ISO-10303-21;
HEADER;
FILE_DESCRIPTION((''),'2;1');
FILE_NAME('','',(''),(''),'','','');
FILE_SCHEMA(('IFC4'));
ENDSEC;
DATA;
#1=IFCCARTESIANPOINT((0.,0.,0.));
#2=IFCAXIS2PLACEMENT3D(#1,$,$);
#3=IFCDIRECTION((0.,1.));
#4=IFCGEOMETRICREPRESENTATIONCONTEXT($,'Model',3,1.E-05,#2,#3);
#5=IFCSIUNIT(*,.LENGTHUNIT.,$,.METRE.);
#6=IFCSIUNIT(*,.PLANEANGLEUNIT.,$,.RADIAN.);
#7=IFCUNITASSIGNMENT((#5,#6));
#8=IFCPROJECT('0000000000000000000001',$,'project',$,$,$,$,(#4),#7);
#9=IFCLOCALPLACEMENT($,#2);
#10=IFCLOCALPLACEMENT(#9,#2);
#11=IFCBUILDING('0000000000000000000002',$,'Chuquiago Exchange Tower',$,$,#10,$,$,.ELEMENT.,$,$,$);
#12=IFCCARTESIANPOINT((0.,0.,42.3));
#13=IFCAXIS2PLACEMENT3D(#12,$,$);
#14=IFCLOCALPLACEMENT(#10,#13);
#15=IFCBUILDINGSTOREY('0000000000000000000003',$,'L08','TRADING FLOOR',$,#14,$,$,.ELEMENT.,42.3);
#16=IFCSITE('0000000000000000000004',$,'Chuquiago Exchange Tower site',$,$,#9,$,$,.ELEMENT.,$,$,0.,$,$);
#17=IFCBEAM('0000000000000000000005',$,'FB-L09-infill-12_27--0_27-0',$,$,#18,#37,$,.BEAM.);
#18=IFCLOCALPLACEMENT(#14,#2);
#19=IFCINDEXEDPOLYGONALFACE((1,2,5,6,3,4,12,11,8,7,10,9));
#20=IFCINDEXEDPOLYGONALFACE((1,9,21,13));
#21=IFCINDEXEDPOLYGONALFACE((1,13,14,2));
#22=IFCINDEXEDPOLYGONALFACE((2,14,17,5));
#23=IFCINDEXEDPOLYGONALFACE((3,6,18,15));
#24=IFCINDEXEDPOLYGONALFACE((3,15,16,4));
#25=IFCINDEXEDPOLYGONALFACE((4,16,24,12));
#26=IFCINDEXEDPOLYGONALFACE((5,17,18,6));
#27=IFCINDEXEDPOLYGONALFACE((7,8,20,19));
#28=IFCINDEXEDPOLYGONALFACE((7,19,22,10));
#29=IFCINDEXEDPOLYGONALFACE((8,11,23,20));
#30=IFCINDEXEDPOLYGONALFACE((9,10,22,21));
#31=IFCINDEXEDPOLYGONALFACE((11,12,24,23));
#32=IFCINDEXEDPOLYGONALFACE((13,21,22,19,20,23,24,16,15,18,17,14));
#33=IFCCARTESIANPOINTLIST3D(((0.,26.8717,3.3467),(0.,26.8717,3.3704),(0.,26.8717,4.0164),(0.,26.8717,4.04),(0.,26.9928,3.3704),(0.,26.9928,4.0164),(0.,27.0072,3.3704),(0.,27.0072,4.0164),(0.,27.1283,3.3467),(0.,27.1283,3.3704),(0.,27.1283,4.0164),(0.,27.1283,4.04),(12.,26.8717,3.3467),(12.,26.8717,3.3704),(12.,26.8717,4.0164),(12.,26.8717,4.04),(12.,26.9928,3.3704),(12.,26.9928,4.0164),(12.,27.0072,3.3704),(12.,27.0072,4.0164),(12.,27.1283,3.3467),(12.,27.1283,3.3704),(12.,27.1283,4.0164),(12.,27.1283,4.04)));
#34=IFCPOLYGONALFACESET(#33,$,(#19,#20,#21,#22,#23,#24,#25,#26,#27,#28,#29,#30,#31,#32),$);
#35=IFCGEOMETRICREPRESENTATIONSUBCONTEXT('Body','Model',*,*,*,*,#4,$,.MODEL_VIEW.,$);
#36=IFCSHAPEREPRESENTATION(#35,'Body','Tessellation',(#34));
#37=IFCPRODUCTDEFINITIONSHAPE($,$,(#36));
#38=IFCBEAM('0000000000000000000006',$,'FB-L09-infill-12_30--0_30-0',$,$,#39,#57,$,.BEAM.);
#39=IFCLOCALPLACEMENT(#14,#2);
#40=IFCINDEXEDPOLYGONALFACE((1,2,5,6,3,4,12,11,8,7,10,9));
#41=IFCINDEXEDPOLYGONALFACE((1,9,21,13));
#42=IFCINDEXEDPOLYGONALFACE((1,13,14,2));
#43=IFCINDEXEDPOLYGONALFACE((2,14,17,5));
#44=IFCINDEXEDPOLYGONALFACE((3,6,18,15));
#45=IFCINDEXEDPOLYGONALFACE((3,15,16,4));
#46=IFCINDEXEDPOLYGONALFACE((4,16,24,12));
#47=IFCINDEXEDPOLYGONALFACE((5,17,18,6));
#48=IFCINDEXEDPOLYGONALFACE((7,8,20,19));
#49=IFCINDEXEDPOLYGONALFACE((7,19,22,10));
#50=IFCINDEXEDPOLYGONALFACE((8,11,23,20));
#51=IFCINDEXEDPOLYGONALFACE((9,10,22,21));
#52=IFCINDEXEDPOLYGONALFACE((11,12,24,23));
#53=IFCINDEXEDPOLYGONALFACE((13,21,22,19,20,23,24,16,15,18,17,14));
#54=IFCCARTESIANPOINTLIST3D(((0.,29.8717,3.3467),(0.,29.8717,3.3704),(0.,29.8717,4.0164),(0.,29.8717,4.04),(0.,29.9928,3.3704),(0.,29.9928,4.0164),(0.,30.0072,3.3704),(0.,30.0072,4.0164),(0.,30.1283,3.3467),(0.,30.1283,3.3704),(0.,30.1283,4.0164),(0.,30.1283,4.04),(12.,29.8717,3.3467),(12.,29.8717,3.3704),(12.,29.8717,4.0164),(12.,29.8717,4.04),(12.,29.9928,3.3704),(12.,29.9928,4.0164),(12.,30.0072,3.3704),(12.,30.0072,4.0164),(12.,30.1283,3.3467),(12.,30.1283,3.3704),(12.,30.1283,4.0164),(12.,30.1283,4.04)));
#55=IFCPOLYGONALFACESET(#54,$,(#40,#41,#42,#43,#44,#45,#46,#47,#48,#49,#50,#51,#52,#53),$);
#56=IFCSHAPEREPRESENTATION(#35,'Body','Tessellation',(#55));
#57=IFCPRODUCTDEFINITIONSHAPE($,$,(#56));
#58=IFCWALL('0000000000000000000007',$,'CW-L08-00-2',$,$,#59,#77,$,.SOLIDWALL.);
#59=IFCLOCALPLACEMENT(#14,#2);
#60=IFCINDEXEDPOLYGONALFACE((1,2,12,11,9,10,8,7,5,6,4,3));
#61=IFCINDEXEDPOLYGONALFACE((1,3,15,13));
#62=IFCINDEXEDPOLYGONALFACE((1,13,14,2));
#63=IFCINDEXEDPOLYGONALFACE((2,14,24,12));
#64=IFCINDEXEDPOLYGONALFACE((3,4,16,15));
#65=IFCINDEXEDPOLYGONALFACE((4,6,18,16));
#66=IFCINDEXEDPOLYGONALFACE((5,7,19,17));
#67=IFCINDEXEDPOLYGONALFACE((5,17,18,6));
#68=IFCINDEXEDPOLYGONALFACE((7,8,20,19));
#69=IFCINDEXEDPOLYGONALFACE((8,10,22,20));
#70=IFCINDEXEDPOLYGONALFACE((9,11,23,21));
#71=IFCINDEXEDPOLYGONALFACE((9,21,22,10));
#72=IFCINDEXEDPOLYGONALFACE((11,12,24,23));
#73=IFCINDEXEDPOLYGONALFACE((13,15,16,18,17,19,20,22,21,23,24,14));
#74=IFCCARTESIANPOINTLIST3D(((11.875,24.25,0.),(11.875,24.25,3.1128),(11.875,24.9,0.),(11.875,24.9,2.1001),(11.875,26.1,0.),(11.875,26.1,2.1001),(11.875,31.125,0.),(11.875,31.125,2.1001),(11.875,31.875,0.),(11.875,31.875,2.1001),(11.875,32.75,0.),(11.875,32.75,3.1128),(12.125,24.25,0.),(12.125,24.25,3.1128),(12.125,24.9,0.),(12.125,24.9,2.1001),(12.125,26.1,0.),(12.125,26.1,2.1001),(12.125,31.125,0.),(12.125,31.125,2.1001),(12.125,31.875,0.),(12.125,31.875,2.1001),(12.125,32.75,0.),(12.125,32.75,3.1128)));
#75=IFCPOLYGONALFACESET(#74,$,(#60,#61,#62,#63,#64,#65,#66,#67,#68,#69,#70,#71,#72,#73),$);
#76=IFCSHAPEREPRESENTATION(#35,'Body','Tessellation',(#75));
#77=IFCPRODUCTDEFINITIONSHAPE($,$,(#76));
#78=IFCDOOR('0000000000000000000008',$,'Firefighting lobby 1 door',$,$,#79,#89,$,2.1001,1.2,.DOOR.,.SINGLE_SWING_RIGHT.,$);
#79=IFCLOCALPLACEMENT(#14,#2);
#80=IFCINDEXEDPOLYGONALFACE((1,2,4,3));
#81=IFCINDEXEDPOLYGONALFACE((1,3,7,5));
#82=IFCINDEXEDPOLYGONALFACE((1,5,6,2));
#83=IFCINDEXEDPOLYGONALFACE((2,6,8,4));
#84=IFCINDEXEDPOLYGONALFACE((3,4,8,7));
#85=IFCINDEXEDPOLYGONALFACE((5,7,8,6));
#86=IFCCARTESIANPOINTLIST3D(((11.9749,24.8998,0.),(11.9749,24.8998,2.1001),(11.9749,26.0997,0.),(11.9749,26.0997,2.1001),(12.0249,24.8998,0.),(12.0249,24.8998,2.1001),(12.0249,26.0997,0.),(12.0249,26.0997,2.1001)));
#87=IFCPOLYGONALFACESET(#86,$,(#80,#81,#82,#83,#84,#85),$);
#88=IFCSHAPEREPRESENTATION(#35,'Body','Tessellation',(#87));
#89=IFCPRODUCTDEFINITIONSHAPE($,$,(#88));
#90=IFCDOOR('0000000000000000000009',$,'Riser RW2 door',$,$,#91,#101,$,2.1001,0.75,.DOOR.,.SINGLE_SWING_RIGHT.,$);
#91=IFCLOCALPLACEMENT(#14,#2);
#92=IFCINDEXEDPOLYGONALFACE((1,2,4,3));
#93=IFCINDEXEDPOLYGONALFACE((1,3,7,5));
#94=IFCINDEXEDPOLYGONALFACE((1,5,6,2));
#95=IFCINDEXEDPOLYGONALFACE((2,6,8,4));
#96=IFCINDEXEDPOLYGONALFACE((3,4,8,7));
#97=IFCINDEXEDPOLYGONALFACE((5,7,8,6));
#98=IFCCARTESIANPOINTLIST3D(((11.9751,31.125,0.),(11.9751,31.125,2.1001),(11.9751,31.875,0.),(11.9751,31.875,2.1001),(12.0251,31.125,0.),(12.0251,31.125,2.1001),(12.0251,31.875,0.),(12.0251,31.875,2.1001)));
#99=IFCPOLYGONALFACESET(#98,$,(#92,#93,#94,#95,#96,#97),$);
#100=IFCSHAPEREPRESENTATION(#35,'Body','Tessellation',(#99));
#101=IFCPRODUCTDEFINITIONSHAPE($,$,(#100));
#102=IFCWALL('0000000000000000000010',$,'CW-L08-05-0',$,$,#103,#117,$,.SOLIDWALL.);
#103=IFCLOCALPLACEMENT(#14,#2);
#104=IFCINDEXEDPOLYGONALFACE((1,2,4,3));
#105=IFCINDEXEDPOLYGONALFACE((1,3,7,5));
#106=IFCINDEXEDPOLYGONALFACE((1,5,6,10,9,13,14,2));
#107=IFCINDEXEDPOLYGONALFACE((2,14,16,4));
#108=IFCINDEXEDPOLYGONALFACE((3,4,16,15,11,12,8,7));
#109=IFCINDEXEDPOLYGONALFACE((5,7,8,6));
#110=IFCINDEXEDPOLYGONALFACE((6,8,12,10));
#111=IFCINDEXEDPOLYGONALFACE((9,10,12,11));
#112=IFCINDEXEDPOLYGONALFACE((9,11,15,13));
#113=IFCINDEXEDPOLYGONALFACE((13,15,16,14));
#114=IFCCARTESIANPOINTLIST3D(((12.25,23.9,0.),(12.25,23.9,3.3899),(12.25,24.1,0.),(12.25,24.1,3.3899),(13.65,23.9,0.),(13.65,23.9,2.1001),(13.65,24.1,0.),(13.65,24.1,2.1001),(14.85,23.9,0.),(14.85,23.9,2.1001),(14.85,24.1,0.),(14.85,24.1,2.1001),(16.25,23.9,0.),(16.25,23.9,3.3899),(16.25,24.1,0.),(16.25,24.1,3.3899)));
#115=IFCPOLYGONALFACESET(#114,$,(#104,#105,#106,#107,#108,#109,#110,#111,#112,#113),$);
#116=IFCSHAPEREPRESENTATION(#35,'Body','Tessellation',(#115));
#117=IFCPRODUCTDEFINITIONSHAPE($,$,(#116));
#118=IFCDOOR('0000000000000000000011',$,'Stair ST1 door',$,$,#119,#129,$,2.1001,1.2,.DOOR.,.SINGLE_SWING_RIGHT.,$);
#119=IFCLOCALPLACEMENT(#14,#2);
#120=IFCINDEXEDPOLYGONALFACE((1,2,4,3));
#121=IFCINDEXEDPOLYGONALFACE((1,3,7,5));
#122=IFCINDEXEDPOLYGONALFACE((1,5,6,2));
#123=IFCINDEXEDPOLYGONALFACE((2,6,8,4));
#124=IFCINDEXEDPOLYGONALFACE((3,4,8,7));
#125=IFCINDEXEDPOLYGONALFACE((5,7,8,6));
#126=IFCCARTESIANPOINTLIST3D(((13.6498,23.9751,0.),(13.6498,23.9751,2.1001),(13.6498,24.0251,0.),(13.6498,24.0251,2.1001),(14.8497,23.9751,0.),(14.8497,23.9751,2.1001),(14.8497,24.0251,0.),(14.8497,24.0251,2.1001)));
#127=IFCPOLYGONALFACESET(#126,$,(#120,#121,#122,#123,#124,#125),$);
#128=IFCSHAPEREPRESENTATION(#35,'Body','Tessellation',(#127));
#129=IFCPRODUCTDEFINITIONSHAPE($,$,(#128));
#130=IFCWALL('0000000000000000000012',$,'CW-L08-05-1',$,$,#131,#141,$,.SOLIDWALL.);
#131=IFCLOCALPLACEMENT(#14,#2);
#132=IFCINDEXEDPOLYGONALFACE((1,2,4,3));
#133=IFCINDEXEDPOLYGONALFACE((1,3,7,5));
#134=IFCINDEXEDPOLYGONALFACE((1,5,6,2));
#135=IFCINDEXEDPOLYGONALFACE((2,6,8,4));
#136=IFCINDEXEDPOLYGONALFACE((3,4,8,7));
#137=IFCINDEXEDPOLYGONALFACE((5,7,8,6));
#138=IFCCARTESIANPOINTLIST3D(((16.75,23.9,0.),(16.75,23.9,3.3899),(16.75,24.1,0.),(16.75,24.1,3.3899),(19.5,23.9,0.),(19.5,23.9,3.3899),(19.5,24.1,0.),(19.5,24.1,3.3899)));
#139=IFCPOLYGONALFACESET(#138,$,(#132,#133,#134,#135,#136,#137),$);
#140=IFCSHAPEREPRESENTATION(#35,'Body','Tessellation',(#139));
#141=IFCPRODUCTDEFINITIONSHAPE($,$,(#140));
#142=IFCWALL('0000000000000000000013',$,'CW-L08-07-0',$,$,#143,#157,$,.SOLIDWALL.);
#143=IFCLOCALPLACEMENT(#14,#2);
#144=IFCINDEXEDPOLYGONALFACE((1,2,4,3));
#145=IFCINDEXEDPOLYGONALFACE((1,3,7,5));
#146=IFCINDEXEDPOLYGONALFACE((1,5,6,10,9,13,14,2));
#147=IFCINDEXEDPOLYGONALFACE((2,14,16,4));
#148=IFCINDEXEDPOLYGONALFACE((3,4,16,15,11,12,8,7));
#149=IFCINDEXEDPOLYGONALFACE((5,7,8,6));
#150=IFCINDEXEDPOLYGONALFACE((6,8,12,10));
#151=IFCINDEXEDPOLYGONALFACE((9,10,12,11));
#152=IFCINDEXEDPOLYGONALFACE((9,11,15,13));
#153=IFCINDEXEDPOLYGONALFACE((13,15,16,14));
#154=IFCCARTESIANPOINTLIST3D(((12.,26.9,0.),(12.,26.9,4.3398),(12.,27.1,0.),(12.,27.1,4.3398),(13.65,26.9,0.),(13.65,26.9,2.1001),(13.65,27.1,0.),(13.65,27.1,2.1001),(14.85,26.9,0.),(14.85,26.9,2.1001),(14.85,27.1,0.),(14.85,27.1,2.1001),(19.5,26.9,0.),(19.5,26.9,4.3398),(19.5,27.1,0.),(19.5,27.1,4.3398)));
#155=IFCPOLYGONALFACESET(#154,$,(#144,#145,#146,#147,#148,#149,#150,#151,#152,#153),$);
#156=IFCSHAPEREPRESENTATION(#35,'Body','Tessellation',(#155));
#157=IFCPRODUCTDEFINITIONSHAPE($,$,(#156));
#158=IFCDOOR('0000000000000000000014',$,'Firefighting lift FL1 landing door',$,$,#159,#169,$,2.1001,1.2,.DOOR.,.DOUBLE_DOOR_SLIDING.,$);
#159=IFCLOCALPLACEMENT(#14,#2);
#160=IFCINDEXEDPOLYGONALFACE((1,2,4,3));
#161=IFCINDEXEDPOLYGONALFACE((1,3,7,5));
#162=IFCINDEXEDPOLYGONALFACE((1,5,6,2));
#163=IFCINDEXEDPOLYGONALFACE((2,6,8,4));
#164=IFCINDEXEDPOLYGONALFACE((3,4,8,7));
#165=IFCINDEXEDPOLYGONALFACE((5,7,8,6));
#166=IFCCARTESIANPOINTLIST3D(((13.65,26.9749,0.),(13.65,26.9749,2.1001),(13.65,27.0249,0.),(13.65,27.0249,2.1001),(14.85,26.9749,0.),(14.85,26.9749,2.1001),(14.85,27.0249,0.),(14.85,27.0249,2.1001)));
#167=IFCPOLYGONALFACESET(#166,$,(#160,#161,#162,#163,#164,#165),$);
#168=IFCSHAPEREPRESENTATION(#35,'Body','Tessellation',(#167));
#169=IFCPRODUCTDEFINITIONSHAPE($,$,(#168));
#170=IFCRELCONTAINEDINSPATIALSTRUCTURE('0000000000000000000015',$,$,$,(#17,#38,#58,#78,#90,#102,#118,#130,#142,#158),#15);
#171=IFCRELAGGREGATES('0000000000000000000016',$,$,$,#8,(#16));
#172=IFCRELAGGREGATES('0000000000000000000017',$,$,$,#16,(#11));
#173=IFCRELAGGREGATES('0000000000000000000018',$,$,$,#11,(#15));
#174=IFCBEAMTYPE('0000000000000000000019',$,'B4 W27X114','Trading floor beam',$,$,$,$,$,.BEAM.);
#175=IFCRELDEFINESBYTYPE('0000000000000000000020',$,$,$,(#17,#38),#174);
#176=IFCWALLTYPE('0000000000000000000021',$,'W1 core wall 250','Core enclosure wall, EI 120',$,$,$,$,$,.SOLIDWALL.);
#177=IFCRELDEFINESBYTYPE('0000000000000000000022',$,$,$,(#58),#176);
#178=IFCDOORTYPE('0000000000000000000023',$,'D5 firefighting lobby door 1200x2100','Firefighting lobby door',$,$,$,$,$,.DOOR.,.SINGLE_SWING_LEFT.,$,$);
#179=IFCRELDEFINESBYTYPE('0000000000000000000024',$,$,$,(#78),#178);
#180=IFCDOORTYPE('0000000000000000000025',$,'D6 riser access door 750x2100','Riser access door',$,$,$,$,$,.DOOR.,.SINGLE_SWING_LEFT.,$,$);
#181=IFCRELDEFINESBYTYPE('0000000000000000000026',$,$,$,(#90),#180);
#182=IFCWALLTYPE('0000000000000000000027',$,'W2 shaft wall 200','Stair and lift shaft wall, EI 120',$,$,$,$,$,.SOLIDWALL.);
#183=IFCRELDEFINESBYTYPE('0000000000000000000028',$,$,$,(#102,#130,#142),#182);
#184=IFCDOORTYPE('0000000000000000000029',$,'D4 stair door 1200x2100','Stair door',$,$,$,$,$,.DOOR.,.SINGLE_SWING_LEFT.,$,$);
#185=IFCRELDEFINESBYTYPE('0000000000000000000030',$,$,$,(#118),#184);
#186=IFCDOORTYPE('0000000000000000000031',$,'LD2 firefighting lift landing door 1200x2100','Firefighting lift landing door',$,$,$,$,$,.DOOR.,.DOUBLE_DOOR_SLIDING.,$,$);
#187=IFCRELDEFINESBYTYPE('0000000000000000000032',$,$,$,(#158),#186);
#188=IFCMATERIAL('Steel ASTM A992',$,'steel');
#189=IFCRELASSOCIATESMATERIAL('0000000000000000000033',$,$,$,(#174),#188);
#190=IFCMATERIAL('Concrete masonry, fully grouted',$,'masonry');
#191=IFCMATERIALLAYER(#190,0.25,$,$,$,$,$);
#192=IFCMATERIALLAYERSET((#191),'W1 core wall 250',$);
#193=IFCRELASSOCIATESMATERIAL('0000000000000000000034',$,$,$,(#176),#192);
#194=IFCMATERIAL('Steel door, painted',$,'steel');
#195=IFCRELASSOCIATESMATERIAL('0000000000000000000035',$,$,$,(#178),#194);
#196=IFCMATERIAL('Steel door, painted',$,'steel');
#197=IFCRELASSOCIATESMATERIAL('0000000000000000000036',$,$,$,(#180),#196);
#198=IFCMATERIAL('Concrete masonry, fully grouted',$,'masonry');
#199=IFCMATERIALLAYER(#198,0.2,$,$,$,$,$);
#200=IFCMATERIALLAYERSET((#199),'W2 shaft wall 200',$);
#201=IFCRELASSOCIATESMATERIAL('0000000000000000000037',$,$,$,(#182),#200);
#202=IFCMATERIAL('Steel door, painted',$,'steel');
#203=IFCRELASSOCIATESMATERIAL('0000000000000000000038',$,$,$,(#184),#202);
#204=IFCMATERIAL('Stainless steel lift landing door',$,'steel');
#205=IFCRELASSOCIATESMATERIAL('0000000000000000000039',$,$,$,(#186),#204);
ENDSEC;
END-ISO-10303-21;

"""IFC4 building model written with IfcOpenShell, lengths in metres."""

from ifc_helpers import new_model, si_unit, direction, frame, frame_2d, origin, origin_2d, place, context, subcontext, project, spatial, rectangle, i_section, extrude, material, layer, layer_set, material_profile, profile_set, type_object, element, fill, save


model = new_model("IFC4")

# Units and contexts
model_context = context("Model", 3, precision=1e-05, world=origin(), true_north=direction((0.0, 1.0)))
body_context = subcontext(model_context, "Body", "Model", "MODEL_VIEW")
ifc_project = project(units=[si_unit("LENGTHUNIT", "METRE"), si_unit("PLANEANGLEUNIT", "RADIAN")], contexts=[model_context])

# Site, building, storey
site_placement = place(None, origin())
site = spatial("IfcSite", under=ifc_project, at=site_placement, Name="Chuquiago Exchange Tower site", CompositionType="ELEMENT", RefElevation=0.0)
building_placement = place(site_placement, origin())
building = spatial("IfcBuilding", under=site, at=building_placement, Name="Chuquiago Exchange Tower", CompositionType="ELEMENT")
storey_placement = place(building_placement, frame((0.0, 0.0, 42.3)))
storey = spatial("IfcBuildingStorey", under=building, at=storey_placement, Name="L08", Description="TRADING FLOOR", CompositionType="ELEMENT", Elevation=42.3)

# Beams
ifc_material_1 = material(Name="Steel ASTM A992", Category="steel")
ifc_material_profile_1 = material_profile(ifc_material_1, i_section(OverallWidth=0.2566, OverallDepth=0.6934, WebThickness=0.0144, FlangeThickness=0.0237, at=origin_2d()), Name="W27X114")
ifc_profile_set_1 = profile_set([ifc_material_profile_1], Name="Steel ASTM A992")
beam_type_1 = type_object("IfcBeamType", Name="B4 W27X114", Description="Trading floor beam", PredefinedType="BEAM", material=ifc_profile_set_1)
for number, where, z_axis, x_axis, name in (
    (1, (12.0, 27.0, 3.6934), (-1.0, 0.0, 0.0), (0.0, -1.0, 0.0), "FB-L09-infill-12_27--0_27-0"),
    (2, (12.0, 30.0, 3.6934), (-1.0, 0.0, 0.0), (0.0, -1.0, 0.0), "FB-L09-infill-12_30--0_30-0"),
):
    element("IfcBeam", number, at=place(storey_placement, frame(where, z_axis=z_axis, x_axis=x_axis)), inside=storey, type_object=beam_type_1, Name=name, PredefinedType="BEAM", context=body_context, shape_type="SweptSolid", body=[
        extrude(i_section(OverallWidth=0.2566, OverallDepth=0.6934, WebThickness=0.0144, FlangeThickness=0.0237, at=origin_2d()), origin(), (0.0, 0.0, 1.0), 12.0),
    ])

# Wall, openings, doors
ifc_material_2 = material(Name="Concrete masonry, fully grouted", Category="masonry")
ifc_layer_1 = layer(ifc_material_2, 0.25)
ifc_layer_set_1 = layer_set([ifc_layer_1], Name="W1 core wall 250")
wall_type_1 = type_object("IfcWallType", Name="W1 core wall 250", Description="Core enclosure wall, EI 120", PredefinedType="SOLIDWALL", material=ifc_layer_set_1)
wall_1_placement = place(storey_placement, frame((12.0, 24.25, 0.0), z_axis=(0.0, 0.0, 1.0), x_axis=(0.0, 1.0, 0.0)))
wall_1 = element("IfcWall", 3, at=wall_1_placement, inside=storey, type_object=wall_type_1, Name="CW-L08-00-2", PredefinedType="SOLIDWALL", context=body_context, shape_type="SweptSolid", body=[
    extrude(rectangle(XDim=8.5, YDim=0.25, at=frame_2d((4.25, 0.0))), origin(), (0.0, 0.0, 1.0), 3.1128),
])
opening_1_placement = place(wall_1_placement, frame((0.6499, 0.0, 0.0)))
opening_1 = element("IfcOpeningElement", 4, at=opening_1_placement, cuts=wall_1, PredefinedType="OPENING", context=body_context, shape_type="SweptSolid", body=[
    extrude(rectangle(XDim=1.2, YDim=2.1001, at=frame_2d((0.6001, 1.05))), frame((0.0, 0.135, 0.0), z_axis=(0.0, -1.0, 0.0), x_axis=(1.0, 0.0, 0.0)), (0.0, 0.0, 1.0), 0.27),
])
opening_2_placement = place(wall_1_placement, frame((6.875, 0.0, 0.0)))
opening_2 = element("IfcOpeningElement", 5, at=opening_2_placement, cuts=wall_1, PredefinedType="OPENING", context=body_context, shape_type="SweptSolid", body=[
    extrude(rectangle(XDim=0.75, YDim=2.1001, at=frame_2d((0.375, 1.05))), frame((0.0, 0.135, 0.0), z_axis=(0.0, -1.0, 0.0), x_axis=(1.0, 0.0, 0.0)), (0.0, 0.0, 1.0), 0.27),
])
ifc_material_3 = material(Name="Steel door, painted", Category="steel")
door_type_1 = type_object("IfcDoorType", Name="D5 firefighting lobby door 1200x2100", Description="Firefighting lobby door", OperationType="SINGLE_SWING_LEFT", PredefinedType="DOOR", material=ifc_material_3)
door_1_placement = place(opening_1_placement, frame((1.2, 0.0, 0.0), z_axis=(0.0, 0.0, 1.0), x_axis=(-1.0, 0.0, 0.0)))
door_1 = element("IfcDoor", 6, at=door_1_placement, inside=storey, type_object=door_type_1, Name="Firefighting lobby 1 door", OperationType="SINGLE_SWING_RIGHT", OverallHeight=2.1001, OverallWidth=1.2, PredefinedType="DOOR", context=body_context, shape_type="SweptSolid", body=[
    extrude(rectangle(XDim=1.2, YDim=2.1001, at=frame_2d((0.6001, 1.05))), frame((0.0, 0.0249, 0.0), z_axis=(0.0, -1.0, 0.0), x_axis=(1.0, 0.0, 0.0)), (0.0, 0.0, 1.0), 0.05),
])
fill(opening_1, door_1)
ifc_material_4 = material(Name="Steel door, painted", Category="steel")
door_type_2 = type_object("IfcDoorType", Name="D6 riser access door 750x2100", Description="Riser access door", OperationType="SINGLE_SWING_LEFT", PredefinedType="DOOR", material=ifc_material_4)
door_2_placement = place(opening_2_placement, origin())
door_2 = element("IfcDoor", 7, at=door_2_placement, inside=storey, type_object=door_type_2, Name="Riser RW2 door", OperationType="SINGLE_SWING_RIGHT", OverallHeight=2.1001, OverallWidth=0.75, PredefinedType="DOOR", context=body_context, shape_type="SweptSolid", body=[
    extrude(rectangle(XDim=0.75, YDim=2.1001, at=frame_2d((0.375, 1.05))), frame((0.0, 0.0249, 0.0), z_axis=(0.0, -1.0, 0.0), x_axis=(1.0, 0.0, 0.0)), (0.0, 0.0, 1.0), 0.05),
])
fill(opening_2, door_2)

# Wall, opening, door
ifc_material_5 = material(Name="Concrete masonry, fully grouted", Category="masonry")
ifc_layer_2 = layer(ifc_material_5, 0.2)
ifc_layer_set_2 = layer_set([ifc_layer_2], Name="W2 shaft wall 200")
wall_type_2 = type_object("IfcWallType", Name="W2 shaft wall 200", Description="Stair and lift shaft wall, EI 120", PredefinedType="SOLIDWALL", material=ifc_layer_set_2)
wall_2_placement = place(storey_placement, frame((12.25, 24.0, 0.0), z_axis=(0.0, 0.0, 1.0), x_axis=(1.0, 0.0, 0.0)))
wall_2 = element("IfcWall", 8, at=wall_2_placement, inside=storey, type_object=wall_type_2, Name="CW-L08-05-0", PredefinedType="SOLIDWALL", context=body_context, shape_type="SweptSolid", body=[
    extrude(rectangle(XDim=4.0, YDim=0.2, at=frame_2d((2.0, 0.0))), origin(), (0.0, 0.0, 1.0), 3.3899),
])
opening_3_placement = place(wall_2_placement, frame((1.3999, 0.0, 0.0)))
opening_3 = element("IfcOpeningElement", 9, at=opening_3_placement, cuts=wall_2, PredefinedType="OPENING", context=body_context, shape_type="SweptSolid", body=[
    extrude(rectangle(XDim=1.2, YDim=2.1001, at=frame_2d((0.6001, 1.05))), frame((0.0, 0.1099, 0.0), z_axis=(0.0, -1.0, 0.0), x_axis=(1.0, 0.0, 0.0)), (0.0, 0.0, 1.0), 0.22),
])
ifc_material_6 = material(Name="Steel door, painted", Category="steel")
door_type_3 = type_object("IfcDoorType", Name="D4 stair door 1200x2100", Description="Stair door", OperationType="SINGLE_SWING_LEFT", PredefinedType="DOOR", material=ifc_material_6)
door_3_placement = place(opening_3_placement, frame((1.2, 0.0, 0.0), z_axis=(0.0, 0.0, 1.0), x_axis=(-1.0, 0.0, 0.0)))
door_3 = element("IfcDoor", 10, at=door_3_placement, inside=storey, type_object=door_type_3, Name="Stair ST1 door", OperationType="SINGLE_SWING_RIGHT", OverallHeight=2.1001, OverallWidth=1.2, PredefinedType="DOOR", context=body_context, shape_type="SweptSolid", body=[
    extrude(rectangle(XDim=1.2, YDim=2.1001, at=frame_2d((0.6001, 1.05))), frame((0.0, 0.0249, 0.0), z_axis=(0.0, -1.0, 0.0), x_axis=(1.0, 0.0, 0.0)), (0.0, 0.0, 1.0), 0.05),
])
fill(opening_3, door_3)

# Wall
wall_3_placement = place(storey_placement, frame((16.75, 24.0, 0.0), z_axis=(0.0, 0.0, 1.0), x_axis=(1.0, 0.0, 0.0)))
element("IfcWall", 11, at=wall_3_placement, inside=storey, type_object=wall_type_2, Name="CW-L08-05-1", PredefinedType="SOLIDWALL", context=body_context, shape_type="SweptSolid", body=[
    extrude(rectangle(XDim=2.75, YDim=0.2, at=frame_2d((1.375, 0.0))), origin(), (0.0, 0.0, 1.0), 3.3899),
])

# Wall, opening, door
wall_4_placement = place(storey_placement, frame((12.0, 27.0, 0.0), z_axis=(0.0, 0.0, 1.0), x_axis=(1.0, 0.0, 0.0)))
wall_4 = element("IfcWall", 12, at=wall_4_placement, inside=storey, type_object=wall_type_2, Name="CW-L08-07-0", PredefinedType="SOLIDWALL", context=body_context, shape_type="SweptSolid", body=[
    extrude(rectangle(XDim=7.5, YDim=0.2, at=frame_2d((3.75, 0.0))), origin(), (0.0, 0.0, 1.0), 4.3398),
])
opening_4_placement = place(wall_4_placement, frame((1.6499, 0.0, 0.0)))
opening_4 = element("IfcOpeningElement", 13, at=opening_4_placement, cuts=wall_4, PredefinedType="OPENING", context=body_context, shape_type="SweptSolid", body=[
    extrude(rectangle(XDim=1.2, YDim=2.1001, at=frame_2d((0.6001, 1.05))), frame((0.0, 0.1099, 0.0), z_axis=(0.0, -1.0, 0.0), x_axis=(1.0, 0.0, 0.0)), (0.0, 0.0, 1.0), 0.22),
])
ifc_material_7 = material(Name="Stainless steel lift landing door", Category="steel")
door_type_4 = type_object("IfcDoorType", Name="LD2 firefighting lift landing door 1200x2100", Description="Firefighting lift landing door", OperationType="DOUBLE_DOOR_SLIDING", PredefinedType="DOOR", material=ifc_material_7)
door_4_placement = place(opening_4_placement, origin())
door_4 = element("IfcDoor", 14, at=door_4_placement, inside=storey, type_object=door_type_4, Name="Firefighting lift FL1 landing door", OperationType="DOUBLE_DOOR_SLIDING", OverallHeight=2.1001, OverallWidth=1.2, PredefinedType="DOOR", context=body_context, shape_type="SweptSolid", body=[
    extrude(rectangle(XDim=1.2, YDim=2.1001, at=frame_2d((0.6001, 1.05))), frame((0.0, 0.0249, 0.0), z_axis=(0.0, -1.0, 0.0), x_axis=(1.0, 0.0, 0.0)), (0.0, 0.0, 1.0), 0.05),
])
fill(opening_4, door_4)

save(model, "model.ifc")
